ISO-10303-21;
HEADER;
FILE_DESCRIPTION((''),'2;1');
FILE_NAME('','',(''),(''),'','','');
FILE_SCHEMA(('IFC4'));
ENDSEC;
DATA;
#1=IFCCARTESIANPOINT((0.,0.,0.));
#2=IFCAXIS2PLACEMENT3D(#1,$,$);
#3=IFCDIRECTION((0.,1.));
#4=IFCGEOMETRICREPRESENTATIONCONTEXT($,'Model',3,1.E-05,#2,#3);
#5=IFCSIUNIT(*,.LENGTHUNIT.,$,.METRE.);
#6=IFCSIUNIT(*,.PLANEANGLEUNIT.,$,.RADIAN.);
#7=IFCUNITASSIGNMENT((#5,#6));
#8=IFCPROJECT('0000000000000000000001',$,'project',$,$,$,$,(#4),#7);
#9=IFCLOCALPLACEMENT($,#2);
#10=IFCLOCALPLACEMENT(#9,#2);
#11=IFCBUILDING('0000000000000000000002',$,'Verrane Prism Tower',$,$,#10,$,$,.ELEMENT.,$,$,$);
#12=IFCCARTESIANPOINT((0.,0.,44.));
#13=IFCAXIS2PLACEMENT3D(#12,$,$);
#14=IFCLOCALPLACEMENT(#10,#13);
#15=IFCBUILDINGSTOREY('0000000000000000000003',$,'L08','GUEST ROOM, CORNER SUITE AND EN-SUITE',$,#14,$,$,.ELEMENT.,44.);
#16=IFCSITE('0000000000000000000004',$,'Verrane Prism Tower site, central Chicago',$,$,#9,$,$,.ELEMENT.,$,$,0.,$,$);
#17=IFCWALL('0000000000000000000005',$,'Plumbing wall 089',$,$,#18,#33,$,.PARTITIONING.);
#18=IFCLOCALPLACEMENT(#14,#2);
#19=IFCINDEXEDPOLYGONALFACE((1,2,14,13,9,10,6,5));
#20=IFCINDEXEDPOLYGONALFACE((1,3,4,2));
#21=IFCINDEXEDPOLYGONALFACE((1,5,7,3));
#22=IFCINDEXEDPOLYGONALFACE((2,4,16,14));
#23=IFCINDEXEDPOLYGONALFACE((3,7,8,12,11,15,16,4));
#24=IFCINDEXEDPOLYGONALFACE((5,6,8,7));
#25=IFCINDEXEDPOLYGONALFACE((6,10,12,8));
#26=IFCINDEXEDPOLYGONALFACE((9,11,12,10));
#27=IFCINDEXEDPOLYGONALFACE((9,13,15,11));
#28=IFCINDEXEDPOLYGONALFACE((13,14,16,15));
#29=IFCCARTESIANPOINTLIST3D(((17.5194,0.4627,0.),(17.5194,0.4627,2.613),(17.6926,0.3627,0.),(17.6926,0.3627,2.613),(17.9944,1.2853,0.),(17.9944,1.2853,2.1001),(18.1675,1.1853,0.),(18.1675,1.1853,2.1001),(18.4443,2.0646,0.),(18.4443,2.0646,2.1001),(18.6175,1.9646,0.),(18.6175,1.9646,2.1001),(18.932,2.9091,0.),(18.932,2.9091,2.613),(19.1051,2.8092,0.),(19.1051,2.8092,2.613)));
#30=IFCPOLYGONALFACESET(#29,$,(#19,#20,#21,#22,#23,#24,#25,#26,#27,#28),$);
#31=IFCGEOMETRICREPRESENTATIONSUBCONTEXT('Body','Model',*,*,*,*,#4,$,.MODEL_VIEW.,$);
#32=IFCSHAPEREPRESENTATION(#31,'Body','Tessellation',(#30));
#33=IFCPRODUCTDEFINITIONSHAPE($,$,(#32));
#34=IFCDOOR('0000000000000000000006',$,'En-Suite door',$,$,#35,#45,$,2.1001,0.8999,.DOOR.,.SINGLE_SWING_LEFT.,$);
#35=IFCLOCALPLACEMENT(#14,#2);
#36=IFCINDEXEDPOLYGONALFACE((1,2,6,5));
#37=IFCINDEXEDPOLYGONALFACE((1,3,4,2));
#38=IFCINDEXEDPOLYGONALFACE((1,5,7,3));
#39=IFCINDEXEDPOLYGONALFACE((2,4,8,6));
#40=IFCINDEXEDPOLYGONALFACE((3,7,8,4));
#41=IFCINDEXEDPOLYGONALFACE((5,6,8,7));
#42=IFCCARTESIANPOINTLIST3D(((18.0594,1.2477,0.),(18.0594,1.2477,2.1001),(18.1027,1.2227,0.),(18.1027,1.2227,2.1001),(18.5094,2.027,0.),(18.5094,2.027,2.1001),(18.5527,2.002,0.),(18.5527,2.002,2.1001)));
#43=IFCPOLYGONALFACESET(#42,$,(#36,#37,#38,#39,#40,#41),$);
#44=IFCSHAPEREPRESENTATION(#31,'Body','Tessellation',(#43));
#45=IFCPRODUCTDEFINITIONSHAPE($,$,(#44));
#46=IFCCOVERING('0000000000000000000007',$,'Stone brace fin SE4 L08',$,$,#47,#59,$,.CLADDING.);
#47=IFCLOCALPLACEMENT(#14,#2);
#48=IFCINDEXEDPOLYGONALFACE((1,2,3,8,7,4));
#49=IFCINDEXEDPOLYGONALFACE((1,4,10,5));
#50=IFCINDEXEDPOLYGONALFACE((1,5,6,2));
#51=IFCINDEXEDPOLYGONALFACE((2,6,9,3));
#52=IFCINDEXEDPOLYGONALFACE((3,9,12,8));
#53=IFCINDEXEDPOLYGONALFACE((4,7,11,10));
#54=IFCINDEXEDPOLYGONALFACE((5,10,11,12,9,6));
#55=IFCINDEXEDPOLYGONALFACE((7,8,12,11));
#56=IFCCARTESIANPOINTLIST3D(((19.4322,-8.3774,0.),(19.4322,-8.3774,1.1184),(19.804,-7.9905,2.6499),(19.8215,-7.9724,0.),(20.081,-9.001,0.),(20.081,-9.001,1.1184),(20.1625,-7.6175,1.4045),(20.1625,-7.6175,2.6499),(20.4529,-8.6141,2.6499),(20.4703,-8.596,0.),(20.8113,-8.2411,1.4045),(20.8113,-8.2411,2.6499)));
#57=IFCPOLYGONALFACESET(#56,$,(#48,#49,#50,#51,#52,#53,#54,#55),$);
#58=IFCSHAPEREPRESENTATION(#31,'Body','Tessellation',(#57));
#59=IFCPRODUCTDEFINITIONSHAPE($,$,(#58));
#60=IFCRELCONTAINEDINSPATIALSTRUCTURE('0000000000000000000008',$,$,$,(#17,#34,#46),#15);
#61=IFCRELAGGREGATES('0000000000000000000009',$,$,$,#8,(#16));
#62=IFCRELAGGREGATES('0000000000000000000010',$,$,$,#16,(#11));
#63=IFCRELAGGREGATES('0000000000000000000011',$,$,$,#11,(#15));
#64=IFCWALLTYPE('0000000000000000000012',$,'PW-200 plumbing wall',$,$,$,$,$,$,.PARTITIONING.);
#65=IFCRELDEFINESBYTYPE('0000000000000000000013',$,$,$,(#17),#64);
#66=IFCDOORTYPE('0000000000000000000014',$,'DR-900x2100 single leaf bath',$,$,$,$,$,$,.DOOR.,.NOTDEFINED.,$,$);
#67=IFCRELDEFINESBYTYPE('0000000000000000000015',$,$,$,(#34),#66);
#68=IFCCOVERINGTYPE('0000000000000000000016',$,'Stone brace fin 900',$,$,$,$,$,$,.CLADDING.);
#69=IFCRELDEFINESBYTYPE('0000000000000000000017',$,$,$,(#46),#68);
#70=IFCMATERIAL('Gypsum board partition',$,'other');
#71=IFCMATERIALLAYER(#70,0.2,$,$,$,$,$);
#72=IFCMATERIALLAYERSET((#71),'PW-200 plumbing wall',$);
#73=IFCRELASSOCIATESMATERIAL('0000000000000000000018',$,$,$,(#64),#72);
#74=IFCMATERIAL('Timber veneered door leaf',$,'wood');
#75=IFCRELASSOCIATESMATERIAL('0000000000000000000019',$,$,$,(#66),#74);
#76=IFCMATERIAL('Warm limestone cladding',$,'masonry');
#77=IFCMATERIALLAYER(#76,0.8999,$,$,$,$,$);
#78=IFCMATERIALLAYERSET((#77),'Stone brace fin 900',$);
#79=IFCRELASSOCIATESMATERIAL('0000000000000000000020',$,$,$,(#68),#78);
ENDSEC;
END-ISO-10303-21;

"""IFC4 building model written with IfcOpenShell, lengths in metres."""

from ifc_helpers import new_model, si_unit, direction, frame, frame_2d, origin, place, context, subcontext, project, spatial, polyline, rectangle, outline, extrude, material, layer, layer_set, type_object, element, fill, save


model = new_model("IFC4")

# Units and contexts
model_context = context("Model", 3, precision=1e-05, world=origin(), true_north=direction((0.0, 1.0)))
body_context = subcontext(model_context, "Body", "Model", "MODEL_VIEW")
ifc_project = project(units=[si_unit("LENGTHUNIT", "METRE"), si_unit("PLANEANGLEUNIT", "RADIAN")], contexts=[model_context])

# Site, building, storey
site_placement = place(None, origin())
site = spatial("IfcSite", under=ifc_project, at=site_placement, Name="Verrane Prism Tower site, central Chicago", CompositionType="ELEMENT", RefElevation=0.0)
building_placement = place(site_placement, origin())
building = spatial("IfcBuilding", under=site, at=building_placement, Name="Verrane Prism Tower", CompositionType="ELEMENT")
storey_placement = place(building_placement, frame((0.0, 0.0, 44.0)))
storey = spatial("IfcBuildingStorey", under=building, at=storey_placement, Name="L08", Description="GUEST ROOM, CORNER SUITE AND EN-SUITE", CompositionType="ELEMENT", Elevation=44.0)

# Shared definitions
ifc_material_1 = material(Name="Gypsum board partition", Category="other")
ifc_layer_1 = layer(ifc_material_1, 0.2)
ifc_layer_set_1 = layer_set([ifc_layer_1], Name="PW-200 plumbing wall")
wall_type_1 = type_object("IfcWallType", Name="PW-200 plumbing wall", PredefinedType="PARTITIONING", material=ifc_layer_set_1)

# Wall, opening, door
wall_1_placement = place(storey_placement, frame((17.606, 0.4126, 0.0), z_axis=(0.0, 0.0, 1.0), x_axis=(0.500024, 0.866011, 0.0)))
wall_1 = element("IfcWall", 1, at=wall_1_placement, inside=storey, type_object=wall_type_1, Name="Plumbing wall 089", PredefinedType="PARTITIONING", context=body_context, shape_type="SweptSolid", body=[
    extrude(rectangle(XDim=2.825, YDim=0.2, at=frame_2d((1.4126, 0.0))), origin(), (0.0, 0.0, 1.0), 2.613),
])
opening_1_placement = place(wall_1_placement, frame((0.95, 0.0, 0.0)))
opening_1 = element("IfcOpeningElement", 2, at=opening_1_placement, cuts=wall_1, PredefinedType="OPENING", context=body_context, shape_type="SweptSolid", body=[
    extrude(rectangle(XDim=0.8999, YDim=2.1001, at=frame_2d((0.45, 1.05))), frame((0.0, 0.1099, 0.0), z_axis=(0.0, -1.0, 0.0), x_axis=(1.0, 0.0, 0.0)), (0.0, 0.0, 1.0), 0.22),
])
ifc_material_2 = material(Name="Timber veneered door leaf", Category="wood")
door_type_1 = type_object("IfcDoorType", Name="DR-900x2100 single leaf bath", OperationType="NOTDEFINED", PredefinedType="DOOR", material=ifc_material_2)
door_1_placement = place(opening_1_placement, origin())
door_1 = element("IfcDoor", 3, at=door_1_placement, inside=storey, type_object=door_type_1, Name="En-Suite door", OperationType="SINGLE_SWING_LEFT", OverallHeight=2.1001, OverallWidth=0.8999, PredefinedType="DOOR", context=body_context, shape_type="SweptSolid", body=[
    extrude(rectangle(XDim=0.8999, YDim=2.1001, at=frame_2d((0.45, 1.05))), frame((0.0, 0.0249, 0.0), z_axis=(0.0, -1.0, 0.0), x_axis=(1.0, 0.0, 0.0)), (0.0, 0.0, 1.0), 0.05),
])
fill(opening_1, door_1)

# Covering
ifc_material_3 = material(Name="Warm limestone cladding", Category="masonry")
ifc_layer_2 = layer(ifc_material_3, 0.8999)
ifc_layer_set_2 = layer_set([ifc_layer_2], Name="Stone brace fin 900")
covering_type = type_object("IfcCoveringType", Name="Stone brace fin 900", PredefinedType="CLADDING", material=ifc_layer_set_2)
covering_placement = place(storey_placement, frame((19.7566, -8.6892, 0.0), z_axis=(0.0, 0.0, 1.0), x_axis=(0.692951, 0.720984, 0.0)))
element("IfcCovering", 4, at=covering_placement, inside=storey, type_object=covering_type, Name="Stone brace fin SE4 L08", PredefinedType="CLADDING", context=body_context, shape_type="SweptSolid", body=[
    extrude(outline(polyline([(1.054, 2.6499), (0.5366, 2.6499), (0.0, 1.1184), (0.0, 0.0), (0.5618, 0.0), (1.054, 1.4045), (1.054, 2.6499)])), frame((0.0, 0.45, 0.0), z_axis=(0.0, -1.0, 0.0), x_axis=(1.0, 0.0, 0.0)), (0.0, 0.0, 1.0), 0.8999),
])

save(model, "model.ifc")
